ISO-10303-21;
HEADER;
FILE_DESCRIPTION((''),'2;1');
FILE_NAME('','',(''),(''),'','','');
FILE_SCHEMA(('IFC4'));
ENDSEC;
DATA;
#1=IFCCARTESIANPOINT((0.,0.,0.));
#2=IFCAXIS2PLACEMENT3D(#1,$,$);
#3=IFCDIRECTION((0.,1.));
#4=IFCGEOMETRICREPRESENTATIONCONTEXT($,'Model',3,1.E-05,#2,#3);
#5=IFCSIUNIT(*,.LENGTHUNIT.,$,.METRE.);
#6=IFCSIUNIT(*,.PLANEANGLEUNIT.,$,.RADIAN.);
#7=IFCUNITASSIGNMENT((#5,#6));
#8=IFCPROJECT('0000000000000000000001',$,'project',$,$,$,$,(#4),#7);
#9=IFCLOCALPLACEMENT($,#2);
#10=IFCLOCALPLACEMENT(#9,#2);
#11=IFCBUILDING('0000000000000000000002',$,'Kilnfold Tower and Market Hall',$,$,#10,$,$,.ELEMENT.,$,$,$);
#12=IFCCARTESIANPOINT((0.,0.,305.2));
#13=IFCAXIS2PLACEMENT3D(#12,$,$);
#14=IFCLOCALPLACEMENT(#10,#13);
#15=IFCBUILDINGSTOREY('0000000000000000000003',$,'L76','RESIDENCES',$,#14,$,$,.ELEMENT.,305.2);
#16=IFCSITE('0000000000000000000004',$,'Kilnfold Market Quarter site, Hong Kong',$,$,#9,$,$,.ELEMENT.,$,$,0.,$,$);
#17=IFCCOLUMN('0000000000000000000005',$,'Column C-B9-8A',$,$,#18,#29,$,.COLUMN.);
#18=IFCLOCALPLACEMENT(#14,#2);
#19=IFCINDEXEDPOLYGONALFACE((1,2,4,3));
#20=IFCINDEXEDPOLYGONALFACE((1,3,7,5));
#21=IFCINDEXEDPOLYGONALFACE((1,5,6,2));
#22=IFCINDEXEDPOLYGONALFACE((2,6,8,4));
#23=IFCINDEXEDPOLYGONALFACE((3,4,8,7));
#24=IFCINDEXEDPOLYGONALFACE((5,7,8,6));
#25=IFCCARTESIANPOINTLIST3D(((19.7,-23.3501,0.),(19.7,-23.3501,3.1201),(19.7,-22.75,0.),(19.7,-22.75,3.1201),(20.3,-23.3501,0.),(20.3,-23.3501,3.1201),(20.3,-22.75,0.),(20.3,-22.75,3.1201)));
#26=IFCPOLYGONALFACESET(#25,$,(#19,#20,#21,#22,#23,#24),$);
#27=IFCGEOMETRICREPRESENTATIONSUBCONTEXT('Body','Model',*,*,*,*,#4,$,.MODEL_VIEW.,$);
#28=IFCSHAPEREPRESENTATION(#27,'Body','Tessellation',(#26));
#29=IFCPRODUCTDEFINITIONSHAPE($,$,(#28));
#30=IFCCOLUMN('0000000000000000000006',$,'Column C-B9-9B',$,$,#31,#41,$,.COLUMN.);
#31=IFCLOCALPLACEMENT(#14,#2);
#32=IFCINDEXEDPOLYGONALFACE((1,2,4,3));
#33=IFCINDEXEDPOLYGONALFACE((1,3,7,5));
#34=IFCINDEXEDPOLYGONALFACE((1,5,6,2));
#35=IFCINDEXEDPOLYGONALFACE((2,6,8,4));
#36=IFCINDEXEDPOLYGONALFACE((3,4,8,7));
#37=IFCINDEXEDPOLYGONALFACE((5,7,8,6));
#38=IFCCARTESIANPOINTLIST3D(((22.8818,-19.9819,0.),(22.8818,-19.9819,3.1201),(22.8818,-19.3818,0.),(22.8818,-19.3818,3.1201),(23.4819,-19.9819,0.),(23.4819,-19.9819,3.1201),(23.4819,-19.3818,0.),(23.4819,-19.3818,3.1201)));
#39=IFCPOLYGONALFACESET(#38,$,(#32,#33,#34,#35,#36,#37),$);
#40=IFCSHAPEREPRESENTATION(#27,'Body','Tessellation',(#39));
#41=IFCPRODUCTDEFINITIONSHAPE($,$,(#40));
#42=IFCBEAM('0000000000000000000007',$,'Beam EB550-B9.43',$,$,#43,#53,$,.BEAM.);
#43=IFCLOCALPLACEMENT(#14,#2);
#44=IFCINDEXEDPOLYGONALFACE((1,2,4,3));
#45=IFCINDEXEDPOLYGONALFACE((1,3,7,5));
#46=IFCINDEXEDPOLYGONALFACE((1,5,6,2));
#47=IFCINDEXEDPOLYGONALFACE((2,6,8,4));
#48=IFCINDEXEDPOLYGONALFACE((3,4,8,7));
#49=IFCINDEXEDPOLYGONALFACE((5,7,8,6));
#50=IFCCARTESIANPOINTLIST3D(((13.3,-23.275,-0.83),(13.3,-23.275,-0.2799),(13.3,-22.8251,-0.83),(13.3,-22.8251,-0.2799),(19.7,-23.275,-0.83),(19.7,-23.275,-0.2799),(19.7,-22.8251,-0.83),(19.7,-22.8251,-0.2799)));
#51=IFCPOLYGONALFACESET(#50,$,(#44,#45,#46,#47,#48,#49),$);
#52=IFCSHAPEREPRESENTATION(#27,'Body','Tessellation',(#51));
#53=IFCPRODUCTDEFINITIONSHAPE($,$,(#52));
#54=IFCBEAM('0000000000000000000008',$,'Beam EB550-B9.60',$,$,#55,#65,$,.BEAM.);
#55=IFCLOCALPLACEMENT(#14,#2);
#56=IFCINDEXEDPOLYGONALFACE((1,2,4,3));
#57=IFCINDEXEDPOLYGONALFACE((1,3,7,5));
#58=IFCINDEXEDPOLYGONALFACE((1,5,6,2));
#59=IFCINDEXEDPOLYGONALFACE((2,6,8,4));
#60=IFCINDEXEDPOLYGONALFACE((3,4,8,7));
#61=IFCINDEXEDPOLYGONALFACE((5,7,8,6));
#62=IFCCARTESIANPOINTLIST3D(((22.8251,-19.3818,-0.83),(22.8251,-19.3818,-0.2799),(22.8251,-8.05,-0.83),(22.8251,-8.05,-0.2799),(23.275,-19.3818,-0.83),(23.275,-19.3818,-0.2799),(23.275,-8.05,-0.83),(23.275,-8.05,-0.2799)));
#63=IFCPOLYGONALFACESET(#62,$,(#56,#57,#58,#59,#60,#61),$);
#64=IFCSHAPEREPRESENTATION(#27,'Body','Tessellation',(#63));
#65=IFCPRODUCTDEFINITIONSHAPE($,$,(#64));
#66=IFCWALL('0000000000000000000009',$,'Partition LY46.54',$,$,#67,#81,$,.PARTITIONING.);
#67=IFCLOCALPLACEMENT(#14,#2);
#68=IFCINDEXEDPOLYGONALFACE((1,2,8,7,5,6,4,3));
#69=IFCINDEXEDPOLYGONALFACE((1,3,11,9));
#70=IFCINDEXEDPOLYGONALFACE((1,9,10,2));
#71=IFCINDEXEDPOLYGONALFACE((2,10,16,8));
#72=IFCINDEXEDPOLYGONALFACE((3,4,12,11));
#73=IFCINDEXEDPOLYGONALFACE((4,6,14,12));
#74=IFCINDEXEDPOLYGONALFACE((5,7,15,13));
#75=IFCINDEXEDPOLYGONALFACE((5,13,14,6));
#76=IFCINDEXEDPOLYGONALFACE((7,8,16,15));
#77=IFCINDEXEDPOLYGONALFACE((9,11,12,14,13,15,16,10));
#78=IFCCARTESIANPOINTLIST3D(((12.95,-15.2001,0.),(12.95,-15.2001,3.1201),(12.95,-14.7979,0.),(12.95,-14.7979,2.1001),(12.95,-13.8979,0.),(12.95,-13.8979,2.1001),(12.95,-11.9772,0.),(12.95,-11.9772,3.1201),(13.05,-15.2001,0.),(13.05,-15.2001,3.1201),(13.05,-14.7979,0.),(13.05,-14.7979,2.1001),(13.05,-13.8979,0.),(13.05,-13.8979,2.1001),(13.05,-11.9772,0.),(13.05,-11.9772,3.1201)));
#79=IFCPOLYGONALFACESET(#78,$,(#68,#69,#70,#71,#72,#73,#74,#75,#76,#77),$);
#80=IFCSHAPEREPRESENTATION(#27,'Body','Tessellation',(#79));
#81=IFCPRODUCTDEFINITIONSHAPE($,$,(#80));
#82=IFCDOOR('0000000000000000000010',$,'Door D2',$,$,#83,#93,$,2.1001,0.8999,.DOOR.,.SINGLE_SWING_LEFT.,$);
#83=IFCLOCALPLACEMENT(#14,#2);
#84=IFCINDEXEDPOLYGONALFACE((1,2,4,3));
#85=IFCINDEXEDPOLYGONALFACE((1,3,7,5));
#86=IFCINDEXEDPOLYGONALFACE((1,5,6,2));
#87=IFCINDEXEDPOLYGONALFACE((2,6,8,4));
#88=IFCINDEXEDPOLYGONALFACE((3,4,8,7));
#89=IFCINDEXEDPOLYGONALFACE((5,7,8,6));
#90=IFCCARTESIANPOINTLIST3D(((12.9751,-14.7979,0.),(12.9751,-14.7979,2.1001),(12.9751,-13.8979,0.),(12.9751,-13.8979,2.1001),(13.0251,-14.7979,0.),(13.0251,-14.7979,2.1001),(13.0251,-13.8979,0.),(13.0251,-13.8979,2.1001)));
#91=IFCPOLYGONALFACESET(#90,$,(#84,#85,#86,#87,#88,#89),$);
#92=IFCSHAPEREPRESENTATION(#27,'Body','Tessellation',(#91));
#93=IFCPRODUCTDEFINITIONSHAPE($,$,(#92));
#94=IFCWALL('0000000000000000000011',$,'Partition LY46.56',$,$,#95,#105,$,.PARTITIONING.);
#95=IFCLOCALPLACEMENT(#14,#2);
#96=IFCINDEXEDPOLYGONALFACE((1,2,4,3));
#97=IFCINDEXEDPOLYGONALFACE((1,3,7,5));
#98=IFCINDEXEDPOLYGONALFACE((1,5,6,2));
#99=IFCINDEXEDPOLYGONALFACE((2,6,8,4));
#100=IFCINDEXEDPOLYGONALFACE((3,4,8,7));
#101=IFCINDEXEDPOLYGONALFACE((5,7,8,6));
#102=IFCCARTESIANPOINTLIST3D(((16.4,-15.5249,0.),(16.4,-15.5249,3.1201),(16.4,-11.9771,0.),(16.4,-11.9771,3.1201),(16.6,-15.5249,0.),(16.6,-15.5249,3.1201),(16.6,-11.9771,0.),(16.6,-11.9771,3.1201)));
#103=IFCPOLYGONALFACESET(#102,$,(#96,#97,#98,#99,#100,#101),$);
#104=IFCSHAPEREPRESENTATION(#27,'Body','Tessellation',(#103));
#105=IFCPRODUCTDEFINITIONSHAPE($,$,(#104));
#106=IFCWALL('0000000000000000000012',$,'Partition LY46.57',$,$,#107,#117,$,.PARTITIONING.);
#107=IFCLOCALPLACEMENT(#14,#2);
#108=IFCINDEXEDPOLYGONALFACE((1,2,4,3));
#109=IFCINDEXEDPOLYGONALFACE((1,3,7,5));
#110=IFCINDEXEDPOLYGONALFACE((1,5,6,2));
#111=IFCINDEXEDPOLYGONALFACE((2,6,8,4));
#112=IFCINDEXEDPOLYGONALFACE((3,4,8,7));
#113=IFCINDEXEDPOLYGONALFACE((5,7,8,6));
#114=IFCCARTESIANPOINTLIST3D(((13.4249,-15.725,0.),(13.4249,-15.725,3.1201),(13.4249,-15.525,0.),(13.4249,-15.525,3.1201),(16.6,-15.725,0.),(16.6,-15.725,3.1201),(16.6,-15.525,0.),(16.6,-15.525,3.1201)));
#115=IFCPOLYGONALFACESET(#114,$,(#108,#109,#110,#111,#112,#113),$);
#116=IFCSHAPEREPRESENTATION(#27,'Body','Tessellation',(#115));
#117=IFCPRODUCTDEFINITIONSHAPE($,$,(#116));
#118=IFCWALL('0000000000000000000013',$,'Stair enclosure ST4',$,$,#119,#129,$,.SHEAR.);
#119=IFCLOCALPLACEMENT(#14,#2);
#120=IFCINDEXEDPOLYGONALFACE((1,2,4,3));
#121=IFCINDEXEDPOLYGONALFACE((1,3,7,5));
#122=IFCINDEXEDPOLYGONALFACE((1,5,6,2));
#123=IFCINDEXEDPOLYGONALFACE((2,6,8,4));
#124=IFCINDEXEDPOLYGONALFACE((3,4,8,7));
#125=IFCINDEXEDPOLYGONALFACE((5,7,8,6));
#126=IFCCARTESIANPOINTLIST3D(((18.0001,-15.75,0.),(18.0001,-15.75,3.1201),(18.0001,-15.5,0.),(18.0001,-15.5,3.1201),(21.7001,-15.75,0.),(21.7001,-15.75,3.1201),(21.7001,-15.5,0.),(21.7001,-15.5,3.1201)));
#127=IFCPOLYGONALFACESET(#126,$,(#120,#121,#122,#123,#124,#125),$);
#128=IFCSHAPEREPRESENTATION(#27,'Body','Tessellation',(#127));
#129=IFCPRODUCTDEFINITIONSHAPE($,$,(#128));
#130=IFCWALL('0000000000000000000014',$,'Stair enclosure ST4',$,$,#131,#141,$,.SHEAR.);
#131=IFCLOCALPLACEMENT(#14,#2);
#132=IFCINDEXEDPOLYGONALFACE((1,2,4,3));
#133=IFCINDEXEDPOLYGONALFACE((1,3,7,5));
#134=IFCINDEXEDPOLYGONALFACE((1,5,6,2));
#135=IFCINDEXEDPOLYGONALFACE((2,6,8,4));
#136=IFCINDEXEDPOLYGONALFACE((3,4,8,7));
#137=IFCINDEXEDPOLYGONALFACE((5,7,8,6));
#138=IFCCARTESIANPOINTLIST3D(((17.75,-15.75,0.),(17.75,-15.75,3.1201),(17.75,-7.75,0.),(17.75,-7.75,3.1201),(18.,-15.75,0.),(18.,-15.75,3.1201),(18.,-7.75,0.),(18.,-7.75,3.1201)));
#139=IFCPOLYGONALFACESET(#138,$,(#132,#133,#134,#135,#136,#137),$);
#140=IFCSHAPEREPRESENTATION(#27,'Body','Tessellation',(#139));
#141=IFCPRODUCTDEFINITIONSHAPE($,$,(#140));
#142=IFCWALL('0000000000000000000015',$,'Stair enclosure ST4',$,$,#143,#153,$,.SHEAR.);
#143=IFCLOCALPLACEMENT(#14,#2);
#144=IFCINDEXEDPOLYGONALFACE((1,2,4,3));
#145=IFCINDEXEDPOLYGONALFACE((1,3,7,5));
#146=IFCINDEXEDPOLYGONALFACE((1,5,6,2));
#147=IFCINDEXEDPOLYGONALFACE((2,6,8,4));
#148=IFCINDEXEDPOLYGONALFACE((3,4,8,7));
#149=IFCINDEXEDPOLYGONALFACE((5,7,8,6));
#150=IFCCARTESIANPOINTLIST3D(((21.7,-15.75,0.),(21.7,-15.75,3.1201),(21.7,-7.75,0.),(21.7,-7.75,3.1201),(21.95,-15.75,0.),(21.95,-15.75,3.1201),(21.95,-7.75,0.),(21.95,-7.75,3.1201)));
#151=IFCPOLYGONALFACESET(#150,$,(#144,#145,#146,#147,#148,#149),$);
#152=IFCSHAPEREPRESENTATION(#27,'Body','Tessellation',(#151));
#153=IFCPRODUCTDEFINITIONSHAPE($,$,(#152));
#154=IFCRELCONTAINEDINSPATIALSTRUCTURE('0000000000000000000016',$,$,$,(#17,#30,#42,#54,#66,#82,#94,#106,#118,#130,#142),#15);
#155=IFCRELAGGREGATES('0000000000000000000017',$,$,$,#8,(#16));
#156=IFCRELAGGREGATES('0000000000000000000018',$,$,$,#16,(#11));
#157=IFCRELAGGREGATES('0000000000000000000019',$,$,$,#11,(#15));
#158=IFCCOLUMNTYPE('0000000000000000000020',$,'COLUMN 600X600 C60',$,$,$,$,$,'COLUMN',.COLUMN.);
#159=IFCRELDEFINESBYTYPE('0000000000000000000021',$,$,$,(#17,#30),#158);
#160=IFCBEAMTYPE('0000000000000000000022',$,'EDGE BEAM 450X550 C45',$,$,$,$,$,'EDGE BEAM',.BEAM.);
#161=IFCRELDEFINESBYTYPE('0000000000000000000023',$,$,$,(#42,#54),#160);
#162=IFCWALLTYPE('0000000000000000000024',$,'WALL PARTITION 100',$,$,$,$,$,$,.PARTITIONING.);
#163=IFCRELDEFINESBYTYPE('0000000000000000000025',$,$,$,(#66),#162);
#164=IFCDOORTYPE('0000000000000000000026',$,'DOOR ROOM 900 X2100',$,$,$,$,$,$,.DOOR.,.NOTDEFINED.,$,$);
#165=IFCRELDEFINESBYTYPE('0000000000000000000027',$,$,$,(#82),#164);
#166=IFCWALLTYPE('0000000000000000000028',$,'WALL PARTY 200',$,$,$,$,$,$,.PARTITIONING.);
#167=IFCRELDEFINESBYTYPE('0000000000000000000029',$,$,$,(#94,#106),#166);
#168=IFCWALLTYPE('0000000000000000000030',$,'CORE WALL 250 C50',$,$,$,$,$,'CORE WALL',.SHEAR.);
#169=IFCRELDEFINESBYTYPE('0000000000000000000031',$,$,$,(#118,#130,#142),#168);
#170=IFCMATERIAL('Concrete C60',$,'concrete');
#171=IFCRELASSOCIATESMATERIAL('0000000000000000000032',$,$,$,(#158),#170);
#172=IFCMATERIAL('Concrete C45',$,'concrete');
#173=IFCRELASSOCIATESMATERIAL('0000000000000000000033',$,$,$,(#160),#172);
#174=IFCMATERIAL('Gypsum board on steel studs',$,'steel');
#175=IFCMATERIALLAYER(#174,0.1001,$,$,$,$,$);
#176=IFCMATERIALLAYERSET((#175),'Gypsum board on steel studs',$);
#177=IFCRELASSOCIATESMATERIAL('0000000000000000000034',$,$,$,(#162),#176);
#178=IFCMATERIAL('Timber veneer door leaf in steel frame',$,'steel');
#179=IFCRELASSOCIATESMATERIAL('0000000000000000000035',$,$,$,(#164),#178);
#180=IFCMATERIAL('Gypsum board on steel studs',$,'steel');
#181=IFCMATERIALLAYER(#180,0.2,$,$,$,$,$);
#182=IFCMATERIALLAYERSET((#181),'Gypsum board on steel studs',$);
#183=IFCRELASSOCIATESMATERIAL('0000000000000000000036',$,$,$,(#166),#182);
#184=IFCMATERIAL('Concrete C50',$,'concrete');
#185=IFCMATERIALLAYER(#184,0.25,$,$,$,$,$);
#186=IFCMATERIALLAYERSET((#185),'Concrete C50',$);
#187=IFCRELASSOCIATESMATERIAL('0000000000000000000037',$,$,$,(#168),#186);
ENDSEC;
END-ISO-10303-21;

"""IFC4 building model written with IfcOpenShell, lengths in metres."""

from ifc_helpers import new_model, si_unit, direction, frame, frame_2d, origin, origin_2d, place, context, subcontext, project, spatial, rectangle, extrude, source, transform, mapped, material, layer, layer_set, material_profile, profile_set, type_object, element, fill, save


model = new_model("IFC4")

# Units and contexts
model_context = context("Model", 3, precision=1e-05, world=origin(), true_north=direction((0.0, 1.0)))
body_context = subcontext(model_context, "Body", "Model", "MODEL_VIEW")
ifc_project = project(units=[si_unit("LENGTHUNIT", "METRE"), si_unit("PLANEANGLEUNIT", "RADIAN")], contexts=[model_context])

# Site, building, storey
site_placement = place(None, origin())
site = spatial("IfcSite", under=ifc_project, at=site_placement, Name="Kilnfold Market Quarter site, Hong Kong", CompositionType="ELEMENT", RefElevation=0.0)
building_placement = place(site_placement, origin())
building = spatial("IfcBuilding", under=site, at=building_placement, Name="Kilnfold Tower and Market Hall", CompositionType="ELEMENT")
storey_placement = place(building_placement, frame((0.0, 0.0, 305.2)))
storey = spatial("IfcBuildingStorey", under=building, at=storey_placement, Name="L76", Description="RESIDENCES", CompositionType="ELEMENT", Elevation=305.2)

# Columns
ifc_material_1 = material(Name="Concrete C60", Category="concrete")
ifc_material_profile_1 = material_profile(ifc_material_1, rectangle(XDim=0.6001, YDim=0.6001, at=origin_2d()), Name="RC 600x600")
ifc_profile_set_1 = profile_set([ifc_material_profile_1], Name="Concrete C60")
column_type = type_object("IfcColumnType", Name="COLUMN 600X600 C60", ElementType="COLUMN", PredefinedType="COLUMN", material=ifc_profile_set_1)
shared_shape_1 = source(origin(), body_context, "Body", "SweptSolid", [
    extrude(rectangle(XDim=0.6001, YDim=0.6001, at=origin_2d()), origin(), (0.0, 0.0, 1.0), 3.1201),
])
for number, where, z_axis, x_axis, name in (
    (1, (20.0, -23.05, 0.0), (0.0, 0.0, 1.0), (1.0, 0.0, 0.0), "Column C-B9-8A"),
    (2, (23.1819, -19.6819, 0.0), (0.0, 0.0, 1.0), (1.0, 0.0, 0.0), "Column C-B9-9B"),
):
    element("IfcColumn", number, at=place(storey_placement, frame(where, z_axis=z_axis, x_axis=x_axis)), inside=storey, type_object=column_type, Name=name, PredefinedType="COLUMN", context=body_context, shape_type="MappedRepresentation", body=[
        mapped(shared_shape_1, transform((0.0, 0.0, 0.0))),
    ])

# Beams
ifc_material_2 = material(Name="Concrete C45", Category="concrete")
ifc_material_profile_2 = material_profile(ifc_material_2, rectangle(XDim=0.45, YDim=0.55, at=origin_2d()), Name="RC 450x550")
ifc_profile_set_2 = profile_set([ifc_material_profile_2], Name="Concrete C45")
beam_type = type_object("IfcBeamType", Name="EDGE BEAM 450X550 C45", ElementType="EDGE BEAM", PredefinedType="BEAM", material=ifc_profile_set_2)
shared_shape_2 = source(origin(), body_context, "Body", "SweptSolid", [
    extrude(rectangle(XDim=0.45, YDim=0.55, at=origin_2d()), origin(), (0.0, 0.0, 1.0), 6.3999),
])
beam_1_placement = place(storey_placement, frame((13.3, -23.05, -0.5549), z_axis=(1.0, 0.0, 0.0), x_axis=(0.0, 1.0, 0.0)))
element("IfcBeam", 3, at=beam_1_placement, inside=storey, type_object=beam_type, Name="Beam EB550-B9.43", PredefinedType="BEAM", context=body_context, shape_type="MappedRepresentation", body=[
    mapped(shared_shape_2, transform((0.0, 0.0, 0.0))),
])
shared_shape_3 = source(origin(), body_context, "Body", "SweptSolid", [
    extrude(rectangle(XDim=0.45, YDim=0.55, at=origin_2d()), origin(), (0.0, 0.0, 1.0), 11.3318),
])
beam_2_placement = place(storey_placement, frame((23.05, -19.3818, -0.5549), z_axis=(0.0, 1.0, 0.0), x_axis=(-1.0, 0.0, 0.0)))
element("IfcBeam", 4, at=beam_2_placement, inside=storey, type_object=beam_type, Name="Beam EB550-B9.60", PredefinedType="BEAM", context=body_context, shape_type="MappedRepresentation", body=[
    mapped(shared_shape_3, transform((0.0, 0.0, 0.0))),
])

# Wall, opening, door
ifc_material_3 = material(Name="Gypsum board on steel studs", Category="steel")
ifc_layer_1 = layer(ifc_material_3, 0.1001)
ifc_layer_set_1 = layer_set([ifc_layer_1], Name="Gypsum board on steel studs")
wall_type_1 = type_object("IfcWallType", Name="WALL PARTITION 100", PredefinedType="PARTITIONING", material=ifc_layer_set_1)
wall_1_placement = place(storey_placement, frame((13.0, -15.2, 0.0), z_axis=(0.0, 0.0, 1.0), x_axis=(0.0, 1.0, 0.0)))
wall_1 = element("IfcWall", 5, at=wall_1_placement, inside=storey, type_object=wall_type_1, Name="Partition LY46.54", PredefinedType="PARTITIONING", context=body_context, shape_type="SweptSolid", body=[
    extrude(rectangle(XDim=3.2229, YDim=0.1001, at=frame_2d((1.6113, 0.0))), origin(), (0.0, 0.0, 1.0), 3.1201),
])
opening_1_placement = place(wall_1_placement, frame((0.4021, 0.0, 0.0)))
opening_1 = element("IfcOpeningElement", 6, at=opening_1_placement, cuts=wall_1, PredefinedType="OPENING", context=body_context, shape_type="SweptSolid", body=[
    extrude(rectangle(XDim=0.8999, YDim=2.1001, at=frame_2d((0.45, 1.05))), frame((0.0, 0.0601, 0.0), z_axis=(0.0, -1.0, 0.0), x_axis=(1.0, 0.0, 0.0)), (0.0, 0.0, 1.0), 0.1201),
])
ifc_material_4 = material(Name="Timber veneer door leaf in steel frame", Category="steel")
door_type_1 = type_object("IfcDoorType", Name="DOOR ROOM 900 X2100", OperationType="NOTDEFINED", PredefinedType="DOOR", material=ifc_material_4)
door_1_placement = place(opening_1_placement, origin())
door_1 = element("IfcDoor", 7, at=door_1_placement, inside=storey, type_object=door_type_1, Name="Door D2", OperationType="SINGLE_SWING_LEFT", OverallHeight=2.1001, OverallWidth=0.8999, PredefinedType="DOOR", context=body_context, shape_type="SweptSolid", body=[
    extrude(rectangle(XDim=0.8999, YDim=2.1001, at=frame_2d((0.45, 1.05))), frame((0.0, 0.0249, 0.0), z_axis=(0.0, -1.0, 0.0), x_axis=(1.0, 0.0, 0.0)), (0.0, 0.0, 1.0), 0.05),
])
fill(opening_1, door_1)

# Walls
ifc_material_5 = material(Name="Gypsum board on steel studs", Category="steel")
ifc_layer_2 = layer(ifc_material_5, 0.2)
ifc_layer_set_2 = layer_set([ifc_layer_2], Name="Gypsum board on steel studs")
wall_type_2 = type_object("IfcWallType", Name="WALL PARTY 200", PredefinedType="PARTITIONING", material=ifc_layer_set_2)
wall_2_placement = place(storey_placement, frame((16.5, -15.5249, 0.0), z_axis=(0.0, 0.0, 1.0), x_axis=(0.0, 1.0, 0.0)))
element("IfcWall", 8, at=wall_2_placement, inside=storey, type_object=wall_type_2, Name="Partition LY46.56", PredefinedType="PARTITIONING", context=body_context, shape_type="SweptSolid", body=[
    extrude(rectangle(XDim=3.5479, YDim=0.2, at=frame_2d((1.7739, 0.0))), origin(), (0.0, 0.0, 1.0), 3.1201),
])
wall_3_placement = place(storey_placement, frame((13.425, -15.625, 0.0), z_axis=(0.0, 0.0, 1.0), x_axis=(1.0, 0.0, 0.0)))
element("IfcWall", 9, at=wall_3_placement, inside=storey, type_object=wall_type_2, Name="Partition LY46.57", PredefinedType="PARTITIONING", context=body_context, shape_type="SweptSolid", body=[
    extrude(rectangle(XDim=3.175, YDim=0.2, at=frame_2d((1.5874, 0.0))), origin(), (0.0, 0.0, 1.0), 3.1201),
])
ifc_material_6 = material(Name="Concrete C50", Category="concrete")
ifc_layer_3 = layer(ifc_material_6, 0.25)
ifc_layer_set_3 = layer_set([ifc_layer_3], Name="Concrete C50")
wall_type_3 = type_object("IfcWallType", Name="CORE WALL 250 C50", ElementType="CORE WALL", PredefinedType="SHEAR", material=ifc_layer_set_3)
shared_shape_4 = source(origin(), body_context, "Body", "SweptSolid", [
    extrude(rectangle(XDim=3.7, YDim=0.25, at=frame_2d((1.8501, 0.0))), origin(), (0.0, 0.0, 1.0), 3.1201),
])
wall_4_placement = place(storey_placement, frame((18.0, -15.625, 0.0), z_axis=(0.0, 0.0, 1.0), x_axis=(1.0, 0.0, 0.0)))
element("IfcWall", 10, at=wall_4_placement, inside=storey, type_object=wall_type_3, Name="Stair enclosure ST4", PredefinedType="SHEAR", context=body_context, shape_type="MappedRepresentation", body=[
    mapped(shared_shape_4, transform((0.0, 0.0, 0.0))),
])
shared_shape_5 = source(origin(), body_context, "Body", "SweptSolid", [
    extrude(rectangle(XDim=8.0, YDim=0.25, at=frame_2d((4.0, 0.0))), origin(), (0.0, 0.0, 1.0), 3.1201),
])
for number, where, z_axis, x_axis, name in (
    (11, (17.875, -15.75, 0.0), (0.0, 0.0, 1.0), (0.0, 1.0, 0.0), "Stair enclosure ST4"),
    (12, (21.825, -15.75, 0.0), (0.0, 0.0, 1.0), (0.0, 1.0, 0.0), "Stair enclosure ST4"),
):
    element("IfcWall", number, at=place(storey_placement, frame(where, z_axis=z_axis, x_axis=x_axis)), inside=storey, type_object=wall_type_3, Name=name, PredefinedType="SHEAR", context=body_context, shape_type="MappedRepresentation", body=[
        mapped(shared_shape_5, transform((0.0, 0.0, 0.0))),
    ])

save(model, "model.ifc")
